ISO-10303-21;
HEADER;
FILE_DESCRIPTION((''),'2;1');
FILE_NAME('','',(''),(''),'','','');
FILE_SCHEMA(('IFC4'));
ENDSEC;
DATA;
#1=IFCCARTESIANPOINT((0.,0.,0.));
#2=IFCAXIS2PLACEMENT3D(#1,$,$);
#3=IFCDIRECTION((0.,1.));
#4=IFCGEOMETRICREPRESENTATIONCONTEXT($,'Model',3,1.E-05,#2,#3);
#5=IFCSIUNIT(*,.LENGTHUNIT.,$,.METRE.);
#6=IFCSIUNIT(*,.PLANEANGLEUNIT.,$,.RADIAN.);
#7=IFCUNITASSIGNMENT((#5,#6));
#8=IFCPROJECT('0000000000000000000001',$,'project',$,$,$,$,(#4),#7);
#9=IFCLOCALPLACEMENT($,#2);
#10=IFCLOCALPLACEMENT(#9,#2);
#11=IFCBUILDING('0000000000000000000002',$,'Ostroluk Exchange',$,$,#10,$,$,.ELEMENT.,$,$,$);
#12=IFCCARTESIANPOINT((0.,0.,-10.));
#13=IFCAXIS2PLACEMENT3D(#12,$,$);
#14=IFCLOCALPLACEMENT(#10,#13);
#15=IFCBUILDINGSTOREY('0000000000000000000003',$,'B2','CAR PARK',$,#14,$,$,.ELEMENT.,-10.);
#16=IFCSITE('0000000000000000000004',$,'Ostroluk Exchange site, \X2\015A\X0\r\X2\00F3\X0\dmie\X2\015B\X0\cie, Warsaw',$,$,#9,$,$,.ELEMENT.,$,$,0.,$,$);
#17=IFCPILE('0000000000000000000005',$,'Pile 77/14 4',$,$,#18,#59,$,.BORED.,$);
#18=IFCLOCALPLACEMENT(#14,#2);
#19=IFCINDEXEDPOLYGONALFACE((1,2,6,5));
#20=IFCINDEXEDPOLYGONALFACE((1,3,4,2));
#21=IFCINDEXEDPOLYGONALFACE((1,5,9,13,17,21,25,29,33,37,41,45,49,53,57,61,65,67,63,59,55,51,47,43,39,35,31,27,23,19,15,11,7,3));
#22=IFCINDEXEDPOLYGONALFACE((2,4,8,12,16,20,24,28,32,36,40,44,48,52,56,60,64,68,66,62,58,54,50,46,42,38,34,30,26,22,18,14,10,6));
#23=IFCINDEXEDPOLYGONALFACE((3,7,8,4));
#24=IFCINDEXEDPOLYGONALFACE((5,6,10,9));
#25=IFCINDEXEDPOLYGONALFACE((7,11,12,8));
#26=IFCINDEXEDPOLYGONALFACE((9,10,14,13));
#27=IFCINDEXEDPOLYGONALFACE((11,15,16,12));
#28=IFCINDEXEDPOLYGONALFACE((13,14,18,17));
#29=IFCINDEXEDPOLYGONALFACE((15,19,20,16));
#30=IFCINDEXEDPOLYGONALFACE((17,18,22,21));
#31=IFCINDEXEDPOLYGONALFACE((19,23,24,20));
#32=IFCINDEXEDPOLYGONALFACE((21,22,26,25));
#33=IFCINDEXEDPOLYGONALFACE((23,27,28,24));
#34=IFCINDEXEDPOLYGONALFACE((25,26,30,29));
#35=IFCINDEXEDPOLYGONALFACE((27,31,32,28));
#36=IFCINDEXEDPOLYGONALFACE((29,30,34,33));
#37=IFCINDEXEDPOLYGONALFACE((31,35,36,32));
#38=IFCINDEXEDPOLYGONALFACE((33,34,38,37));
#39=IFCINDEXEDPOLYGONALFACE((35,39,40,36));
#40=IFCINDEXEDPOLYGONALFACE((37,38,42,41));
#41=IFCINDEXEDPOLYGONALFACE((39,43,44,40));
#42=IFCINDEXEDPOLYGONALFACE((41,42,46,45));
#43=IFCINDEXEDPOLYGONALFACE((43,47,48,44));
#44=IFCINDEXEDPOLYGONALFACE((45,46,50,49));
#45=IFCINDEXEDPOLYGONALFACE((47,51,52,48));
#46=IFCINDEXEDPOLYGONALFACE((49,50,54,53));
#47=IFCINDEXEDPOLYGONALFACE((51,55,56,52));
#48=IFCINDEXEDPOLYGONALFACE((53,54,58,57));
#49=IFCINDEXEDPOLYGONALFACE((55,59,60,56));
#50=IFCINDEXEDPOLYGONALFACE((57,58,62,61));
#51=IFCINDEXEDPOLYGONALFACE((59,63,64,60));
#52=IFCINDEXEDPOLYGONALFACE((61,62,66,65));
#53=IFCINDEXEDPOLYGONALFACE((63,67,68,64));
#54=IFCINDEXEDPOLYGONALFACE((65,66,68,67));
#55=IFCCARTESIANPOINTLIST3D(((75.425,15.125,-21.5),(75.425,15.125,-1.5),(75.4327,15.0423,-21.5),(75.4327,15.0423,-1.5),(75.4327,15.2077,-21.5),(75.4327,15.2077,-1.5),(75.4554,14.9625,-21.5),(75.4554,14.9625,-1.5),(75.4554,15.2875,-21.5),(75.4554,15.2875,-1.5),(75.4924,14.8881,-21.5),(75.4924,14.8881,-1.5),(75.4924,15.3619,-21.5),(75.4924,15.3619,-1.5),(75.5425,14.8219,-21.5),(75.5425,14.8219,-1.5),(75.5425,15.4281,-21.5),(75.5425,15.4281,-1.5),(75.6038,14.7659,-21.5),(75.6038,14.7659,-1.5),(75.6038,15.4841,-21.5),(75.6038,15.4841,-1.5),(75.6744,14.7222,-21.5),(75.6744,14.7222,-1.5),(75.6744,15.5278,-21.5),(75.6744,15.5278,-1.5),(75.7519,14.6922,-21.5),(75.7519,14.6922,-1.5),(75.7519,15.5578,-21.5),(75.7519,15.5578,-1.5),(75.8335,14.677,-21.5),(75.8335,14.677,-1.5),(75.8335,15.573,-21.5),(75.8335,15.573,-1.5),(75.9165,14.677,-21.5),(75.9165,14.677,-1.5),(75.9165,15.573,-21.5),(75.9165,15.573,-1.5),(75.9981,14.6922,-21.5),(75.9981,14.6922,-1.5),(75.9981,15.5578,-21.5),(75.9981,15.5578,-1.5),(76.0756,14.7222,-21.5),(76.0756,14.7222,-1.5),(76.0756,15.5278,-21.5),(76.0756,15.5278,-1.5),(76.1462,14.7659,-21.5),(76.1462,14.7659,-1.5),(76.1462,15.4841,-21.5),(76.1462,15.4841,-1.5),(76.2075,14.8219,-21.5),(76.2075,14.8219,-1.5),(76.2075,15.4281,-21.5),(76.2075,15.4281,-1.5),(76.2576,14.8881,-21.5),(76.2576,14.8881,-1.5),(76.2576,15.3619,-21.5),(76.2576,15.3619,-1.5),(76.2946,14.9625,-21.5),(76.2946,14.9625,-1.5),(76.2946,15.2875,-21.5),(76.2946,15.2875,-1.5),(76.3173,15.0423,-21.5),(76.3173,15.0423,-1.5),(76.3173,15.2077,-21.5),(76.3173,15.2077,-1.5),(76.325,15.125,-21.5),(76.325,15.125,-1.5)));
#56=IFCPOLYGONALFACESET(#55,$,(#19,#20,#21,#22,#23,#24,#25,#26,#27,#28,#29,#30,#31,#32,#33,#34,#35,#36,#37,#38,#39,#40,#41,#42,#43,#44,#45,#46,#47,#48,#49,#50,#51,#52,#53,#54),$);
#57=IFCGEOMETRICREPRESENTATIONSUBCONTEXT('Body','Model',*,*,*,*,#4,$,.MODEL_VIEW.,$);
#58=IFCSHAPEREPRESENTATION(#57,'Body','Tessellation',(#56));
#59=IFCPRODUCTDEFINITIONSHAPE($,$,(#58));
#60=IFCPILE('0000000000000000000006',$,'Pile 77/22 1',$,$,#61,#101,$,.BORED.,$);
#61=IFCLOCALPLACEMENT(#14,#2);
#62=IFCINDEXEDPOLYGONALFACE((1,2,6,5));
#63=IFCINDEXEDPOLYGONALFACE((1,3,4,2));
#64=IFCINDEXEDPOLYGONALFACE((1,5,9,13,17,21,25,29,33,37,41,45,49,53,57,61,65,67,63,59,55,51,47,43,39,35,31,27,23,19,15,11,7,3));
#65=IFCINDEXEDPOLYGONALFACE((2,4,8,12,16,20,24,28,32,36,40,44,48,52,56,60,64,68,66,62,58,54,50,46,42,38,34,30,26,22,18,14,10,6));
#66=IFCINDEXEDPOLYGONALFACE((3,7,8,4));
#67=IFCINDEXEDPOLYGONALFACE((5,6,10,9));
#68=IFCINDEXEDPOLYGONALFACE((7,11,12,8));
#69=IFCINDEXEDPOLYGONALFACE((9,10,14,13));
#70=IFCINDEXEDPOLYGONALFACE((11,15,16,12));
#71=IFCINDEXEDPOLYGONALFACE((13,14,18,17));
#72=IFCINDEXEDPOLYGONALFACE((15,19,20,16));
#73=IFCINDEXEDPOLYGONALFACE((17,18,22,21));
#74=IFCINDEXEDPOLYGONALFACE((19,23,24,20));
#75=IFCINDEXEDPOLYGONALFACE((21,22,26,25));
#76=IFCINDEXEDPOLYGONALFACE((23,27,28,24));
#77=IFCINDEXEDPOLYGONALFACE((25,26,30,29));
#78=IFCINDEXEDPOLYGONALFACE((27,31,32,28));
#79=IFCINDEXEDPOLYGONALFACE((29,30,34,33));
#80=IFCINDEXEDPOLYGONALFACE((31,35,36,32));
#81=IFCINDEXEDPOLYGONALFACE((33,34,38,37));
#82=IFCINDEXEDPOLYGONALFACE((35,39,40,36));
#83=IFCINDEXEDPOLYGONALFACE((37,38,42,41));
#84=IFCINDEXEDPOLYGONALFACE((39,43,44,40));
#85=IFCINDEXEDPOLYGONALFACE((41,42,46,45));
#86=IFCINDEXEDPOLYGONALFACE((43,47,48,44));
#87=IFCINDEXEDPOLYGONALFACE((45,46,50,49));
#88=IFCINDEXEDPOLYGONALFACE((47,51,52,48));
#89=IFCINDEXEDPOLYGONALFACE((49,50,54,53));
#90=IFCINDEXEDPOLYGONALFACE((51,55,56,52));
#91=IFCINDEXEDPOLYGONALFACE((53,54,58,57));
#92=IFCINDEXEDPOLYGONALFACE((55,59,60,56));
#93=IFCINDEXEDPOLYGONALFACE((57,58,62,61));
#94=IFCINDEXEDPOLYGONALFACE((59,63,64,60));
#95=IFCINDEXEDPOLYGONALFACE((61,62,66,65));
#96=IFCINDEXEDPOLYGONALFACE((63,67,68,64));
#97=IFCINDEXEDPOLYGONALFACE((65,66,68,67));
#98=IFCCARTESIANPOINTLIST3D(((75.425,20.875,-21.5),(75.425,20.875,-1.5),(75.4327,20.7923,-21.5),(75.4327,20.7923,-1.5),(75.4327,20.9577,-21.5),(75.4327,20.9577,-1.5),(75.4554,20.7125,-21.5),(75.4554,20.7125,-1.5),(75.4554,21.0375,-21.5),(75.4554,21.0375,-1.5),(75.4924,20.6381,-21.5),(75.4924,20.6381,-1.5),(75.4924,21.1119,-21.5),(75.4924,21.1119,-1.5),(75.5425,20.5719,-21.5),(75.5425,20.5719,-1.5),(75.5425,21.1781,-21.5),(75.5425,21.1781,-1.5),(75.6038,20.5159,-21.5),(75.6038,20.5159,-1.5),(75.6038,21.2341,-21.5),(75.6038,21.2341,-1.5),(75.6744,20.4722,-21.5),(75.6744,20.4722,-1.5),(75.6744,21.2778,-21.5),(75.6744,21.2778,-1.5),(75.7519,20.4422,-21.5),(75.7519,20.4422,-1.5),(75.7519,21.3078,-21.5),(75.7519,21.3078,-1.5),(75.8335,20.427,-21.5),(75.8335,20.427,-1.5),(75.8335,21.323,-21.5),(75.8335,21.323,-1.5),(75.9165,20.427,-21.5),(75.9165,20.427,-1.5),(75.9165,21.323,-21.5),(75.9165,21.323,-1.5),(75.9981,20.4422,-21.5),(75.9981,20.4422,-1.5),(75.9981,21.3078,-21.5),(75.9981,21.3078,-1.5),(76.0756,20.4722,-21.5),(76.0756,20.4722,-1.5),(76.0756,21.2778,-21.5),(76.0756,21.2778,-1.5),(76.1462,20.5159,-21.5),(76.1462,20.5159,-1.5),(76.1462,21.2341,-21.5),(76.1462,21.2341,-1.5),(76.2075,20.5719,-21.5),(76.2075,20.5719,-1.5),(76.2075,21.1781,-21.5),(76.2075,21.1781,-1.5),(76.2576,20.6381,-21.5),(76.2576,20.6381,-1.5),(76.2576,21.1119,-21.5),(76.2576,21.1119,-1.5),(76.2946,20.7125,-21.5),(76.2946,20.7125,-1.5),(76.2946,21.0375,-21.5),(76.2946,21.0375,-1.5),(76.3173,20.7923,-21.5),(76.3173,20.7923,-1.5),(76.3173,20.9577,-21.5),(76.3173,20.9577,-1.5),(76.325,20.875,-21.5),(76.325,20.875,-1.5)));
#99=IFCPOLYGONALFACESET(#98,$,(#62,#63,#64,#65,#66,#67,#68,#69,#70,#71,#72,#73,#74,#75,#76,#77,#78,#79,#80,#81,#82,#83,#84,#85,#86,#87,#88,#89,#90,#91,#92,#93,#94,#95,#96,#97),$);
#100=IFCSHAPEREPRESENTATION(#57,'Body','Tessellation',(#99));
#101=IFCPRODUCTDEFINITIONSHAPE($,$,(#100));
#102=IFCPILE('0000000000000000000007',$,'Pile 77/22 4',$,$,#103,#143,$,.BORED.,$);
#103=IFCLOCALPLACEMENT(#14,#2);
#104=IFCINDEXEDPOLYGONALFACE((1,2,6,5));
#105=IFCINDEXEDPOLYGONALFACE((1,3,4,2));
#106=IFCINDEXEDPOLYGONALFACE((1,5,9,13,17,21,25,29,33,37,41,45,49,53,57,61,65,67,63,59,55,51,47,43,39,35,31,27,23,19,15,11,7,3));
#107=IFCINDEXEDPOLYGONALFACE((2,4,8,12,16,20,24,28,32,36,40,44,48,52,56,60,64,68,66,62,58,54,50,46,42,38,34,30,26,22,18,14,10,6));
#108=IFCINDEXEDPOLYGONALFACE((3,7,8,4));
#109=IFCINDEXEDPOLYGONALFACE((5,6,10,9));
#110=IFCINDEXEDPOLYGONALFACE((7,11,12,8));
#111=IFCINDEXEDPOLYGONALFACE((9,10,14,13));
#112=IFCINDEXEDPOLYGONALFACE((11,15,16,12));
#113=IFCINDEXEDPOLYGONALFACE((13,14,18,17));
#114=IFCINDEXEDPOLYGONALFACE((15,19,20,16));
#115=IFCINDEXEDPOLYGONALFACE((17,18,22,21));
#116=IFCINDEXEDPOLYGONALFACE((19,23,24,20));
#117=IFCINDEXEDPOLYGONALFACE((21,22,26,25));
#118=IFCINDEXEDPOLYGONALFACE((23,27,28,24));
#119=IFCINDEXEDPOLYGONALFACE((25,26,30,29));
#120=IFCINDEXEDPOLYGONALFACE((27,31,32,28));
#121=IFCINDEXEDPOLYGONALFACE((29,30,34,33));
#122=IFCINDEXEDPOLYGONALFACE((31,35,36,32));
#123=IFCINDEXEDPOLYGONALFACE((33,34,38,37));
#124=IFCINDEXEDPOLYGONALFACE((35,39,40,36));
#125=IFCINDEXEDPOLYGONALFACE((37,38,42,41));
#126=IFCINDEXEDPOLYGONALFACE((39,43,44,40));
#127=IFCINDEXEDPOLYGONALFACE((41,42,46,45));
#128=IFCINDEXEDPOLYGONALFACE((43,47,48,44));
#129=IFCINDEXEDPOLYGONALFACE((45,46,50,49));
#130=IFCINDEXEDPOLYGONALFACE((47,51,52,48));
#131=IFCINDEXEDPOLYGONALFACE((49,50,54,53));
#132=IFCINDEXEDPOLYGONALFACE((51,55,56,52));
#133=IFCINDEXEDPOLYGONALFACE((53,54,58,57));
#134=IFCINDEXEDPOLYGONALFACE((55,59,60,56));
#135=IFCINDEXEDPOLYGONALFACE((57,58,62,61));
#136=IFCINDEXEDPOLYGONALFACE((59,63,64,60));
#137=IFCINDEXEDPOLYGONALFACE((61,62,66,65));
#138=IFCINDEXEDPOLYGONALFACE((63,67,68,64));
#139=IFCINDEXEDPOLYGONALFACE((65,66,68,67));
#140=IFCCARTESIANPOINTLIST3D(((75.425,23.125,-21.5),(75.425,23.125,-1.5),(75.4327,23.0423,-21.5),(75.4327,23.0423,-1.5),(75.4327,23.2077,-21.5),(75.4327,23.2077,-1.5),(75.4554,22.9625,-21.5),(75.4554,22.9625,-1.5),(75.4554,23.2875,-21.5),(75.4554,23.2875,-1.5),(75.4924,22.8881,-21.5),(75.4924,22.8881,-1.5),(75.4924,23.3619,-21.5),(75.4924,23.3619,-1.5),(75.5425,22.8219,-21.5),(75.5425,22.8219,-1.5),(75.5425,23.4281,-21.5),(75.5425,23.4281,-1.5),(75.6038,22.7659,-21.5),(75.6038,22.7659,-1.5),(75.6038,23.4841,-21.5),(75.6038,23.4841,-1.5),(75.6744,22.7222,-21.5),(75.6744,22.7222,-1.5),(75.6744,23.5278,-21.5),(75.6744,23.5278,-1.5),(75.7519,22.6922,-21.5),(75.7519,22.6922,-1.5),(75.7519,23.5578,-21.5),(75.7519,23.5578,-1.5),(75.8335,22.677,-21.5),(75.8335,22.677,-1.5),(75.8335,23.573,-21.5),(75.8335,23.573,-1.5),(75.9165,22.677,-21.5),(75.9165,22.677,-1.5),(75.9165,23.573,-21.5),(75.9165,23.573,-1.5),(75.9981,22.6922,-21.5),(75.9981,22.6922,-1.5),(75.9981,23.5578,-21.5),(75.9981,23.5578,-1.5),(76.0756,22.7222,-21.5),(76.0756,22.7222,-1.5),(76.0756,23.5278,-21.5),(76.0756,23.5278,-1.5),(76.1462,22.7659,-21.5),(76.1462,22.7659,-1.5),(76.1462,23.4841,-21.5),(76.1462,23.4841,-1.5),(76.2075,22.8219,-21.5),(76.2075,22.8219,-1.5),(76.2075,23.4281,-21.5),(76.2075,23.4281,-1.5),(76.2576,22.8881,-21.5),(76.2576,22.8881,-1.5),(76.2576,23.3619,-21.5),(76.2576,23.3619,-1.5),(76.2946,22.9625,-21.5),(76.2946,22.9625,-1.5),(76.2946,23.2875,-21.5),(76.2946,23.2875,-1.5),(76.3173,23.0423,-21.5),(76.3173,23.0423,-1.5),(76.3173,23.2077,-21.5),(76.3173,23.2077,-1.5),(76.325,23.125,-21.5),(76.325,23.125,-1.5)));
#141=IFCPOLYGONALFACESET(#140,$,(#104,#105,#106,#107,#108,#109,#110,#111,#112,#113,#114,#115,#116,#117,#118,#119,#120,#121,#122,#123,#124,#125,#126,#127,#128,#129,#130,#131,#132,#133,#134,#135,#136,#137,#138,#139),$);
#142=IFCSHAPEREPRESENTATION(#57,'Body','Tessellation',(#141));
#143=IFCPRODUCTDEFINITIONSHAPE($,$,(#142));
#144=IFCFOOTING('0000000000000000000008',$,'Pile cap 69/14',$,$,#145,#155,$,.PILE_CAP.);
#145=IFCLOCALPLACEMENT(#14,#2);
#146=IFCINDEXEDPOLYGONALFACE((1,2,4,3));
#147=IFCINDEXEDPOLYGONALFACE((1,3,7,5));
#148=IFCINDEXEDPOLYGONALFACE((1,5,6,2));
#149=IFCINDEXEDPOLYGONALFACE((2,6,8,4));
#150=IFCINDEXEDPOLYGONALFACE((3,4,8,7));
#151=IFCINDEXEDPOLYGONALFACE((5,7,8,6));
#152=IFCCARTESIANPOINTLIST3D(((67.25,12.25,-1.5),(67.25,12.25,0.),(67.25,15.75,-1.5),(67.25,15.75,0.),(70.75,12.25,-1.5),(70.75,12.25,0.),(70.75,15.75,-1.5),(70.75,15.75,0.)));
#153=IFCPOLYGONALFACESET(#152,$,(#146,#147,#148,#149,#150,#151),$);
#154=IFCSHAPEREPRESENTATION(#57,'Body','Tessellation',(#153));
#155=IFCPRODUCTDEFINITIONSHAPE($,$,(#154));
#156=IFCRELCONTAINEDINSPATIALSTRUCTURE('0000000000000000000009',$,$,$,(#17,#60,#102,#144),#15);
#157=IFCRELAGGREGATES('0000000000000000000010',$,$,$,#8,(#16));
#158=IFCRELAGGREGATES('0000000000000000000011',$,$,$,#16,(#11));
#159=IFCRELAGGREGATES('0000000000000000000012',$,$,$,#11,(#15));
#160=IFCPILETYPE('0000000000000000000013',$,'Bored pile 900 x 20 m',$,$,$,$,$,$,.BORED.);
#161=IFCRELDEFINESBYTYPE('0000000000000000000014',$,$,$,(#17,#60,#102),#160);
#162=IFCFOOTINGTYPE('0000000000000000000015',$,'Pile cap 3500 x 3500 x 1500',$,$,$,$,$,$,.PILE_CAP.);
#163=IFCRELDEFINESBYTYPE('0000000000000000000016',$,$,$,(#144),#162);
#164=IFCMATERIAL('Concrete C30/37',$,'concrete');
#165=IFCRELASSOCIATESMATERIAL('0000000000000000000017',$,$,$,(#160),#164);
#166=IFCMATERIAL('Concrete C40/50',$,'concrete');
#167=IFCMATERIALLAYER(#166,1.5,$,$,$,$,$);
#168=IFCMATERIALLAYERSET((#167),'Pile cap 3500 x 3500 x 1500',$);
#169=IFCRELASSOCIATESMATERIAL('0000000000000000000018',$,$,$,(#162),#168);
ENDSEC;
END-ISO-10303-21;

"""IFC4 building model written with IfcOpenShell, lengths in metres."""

from ifc_helpers import new_model, si_unit, direction, frame, origin, origin_2d, place, context, subcontext, project, spatial, rectangle, circle, extrude, material, layer, layer_set, type_object, element, save


model = new_model("IFC4")

# Units and contexts
model_context = context("Model", 3, precision=1e-05, world=origin(), true_north=direction((0.0, 1.0)))
body_context = subcontext(model_context, "Body", "Model", "MODEL_VIEW")
ifc_project = project(units=[si_unit("LENGTHUNIT", "METRE"), si_unit("PLANEANGLEUNIT", "RADIAN")], contexts=[model_context])

# Site, building, storey
site_placement = place(None, origin())
site = spatial("IfcSite", under=ifc_project, at=site_placement, Name="Ostroluk Exchange site, Śródmieście, Warsaw", CompositionType="ELEMENT", RefElevation=0.0)
building_placement = place(site_placement, origin())
building = spatial("IfcBuilding", under=site, at=building_placement, Name="Ostroluk Exchange", CompositionType="ELEMENT")
storey_placement = place(building_placement, frame((0.0, 0.0, -10.0)))
storey = spatial("IfcBuildingStorey", under=building, at=storey_placement, Name="B2", Description="CAR PARK", CompositionType="ELEMENT", Elevation=-10.0)

# Piles
ifc_material_1 = material(Name="Concrete C30/37", Category="concrete")
pile_type_1 = type_object("IfcPileType", Name="Bored pile 900 x 20 m", PredefinedType="BORED", material=ifc_material_1)
for number, where, z_axis, x_axis, name in (
    (1, (75.875, 15.125, -1.5), (0.0, 0.0, -1.0), (1.0, 0.0, 0.0), "Pile 77/14 4"),
    (2, (75.875, 20.875, -1.5), (0.0, 0.0, -1.0), (1.0, 0.0, 0.0), "Pile 77/22 1"),
    (3, (75.875, 23.125, -1.5), (0.0, 0.0, -1.0), (1.0, 0.0, 0.0), "Pile 77/22 4"),
):
    element("IfcPile", number, at=place(storey_placement, frame(where, z_axis=z_axis, x_axis=x_axis)), inside=storey, type_object=pile_type_1, Name=name, PredefinedType="BORED", context=body_context, shape_type="SweptSolid", body=[
        extrude(circle(Radius=0.45, at=origin_2d()), origin(), (0.0, 0.0, 1.0), 20.0),
    ])

# Footing
ifc_material_2 = material(Name="Concrete C40/50", Category="concrete")
ifc_layer_1 = layer(ifc_material_2, 1.5)
ifc_layer_set_1 = layer_set([ifc_layer_1], Name="Pile cap 3500 x 3500 x 1500")
footing_type = type_object("IfcFootingType", Name="Pile cap 3500 x 3500 x 1500", PredefinedType="PILE_CAP", material=ifc_layer_set_1)
footing_placement = place(storey_placement, frame((69.0, 14.0, -1.5), z_axis=(0.0, 0.0, 1.0), x_axis=(1.0, 0.0, 0.0)))
element("IfcFooting", 4, at=footing_placement, inside=storey, type_object=footing_type, Name="Pile cap 69/14", PredefinedType="PILE_CAP", context=body_context, shape_type="SweptSolid", body=[
    extrude(rectangle(XDim=3.5, YDim=3.5, at=origin_2d()), origin(), (0.0, 0.0, 1.0), 1.5),
])

save(model, "model.ifc")
